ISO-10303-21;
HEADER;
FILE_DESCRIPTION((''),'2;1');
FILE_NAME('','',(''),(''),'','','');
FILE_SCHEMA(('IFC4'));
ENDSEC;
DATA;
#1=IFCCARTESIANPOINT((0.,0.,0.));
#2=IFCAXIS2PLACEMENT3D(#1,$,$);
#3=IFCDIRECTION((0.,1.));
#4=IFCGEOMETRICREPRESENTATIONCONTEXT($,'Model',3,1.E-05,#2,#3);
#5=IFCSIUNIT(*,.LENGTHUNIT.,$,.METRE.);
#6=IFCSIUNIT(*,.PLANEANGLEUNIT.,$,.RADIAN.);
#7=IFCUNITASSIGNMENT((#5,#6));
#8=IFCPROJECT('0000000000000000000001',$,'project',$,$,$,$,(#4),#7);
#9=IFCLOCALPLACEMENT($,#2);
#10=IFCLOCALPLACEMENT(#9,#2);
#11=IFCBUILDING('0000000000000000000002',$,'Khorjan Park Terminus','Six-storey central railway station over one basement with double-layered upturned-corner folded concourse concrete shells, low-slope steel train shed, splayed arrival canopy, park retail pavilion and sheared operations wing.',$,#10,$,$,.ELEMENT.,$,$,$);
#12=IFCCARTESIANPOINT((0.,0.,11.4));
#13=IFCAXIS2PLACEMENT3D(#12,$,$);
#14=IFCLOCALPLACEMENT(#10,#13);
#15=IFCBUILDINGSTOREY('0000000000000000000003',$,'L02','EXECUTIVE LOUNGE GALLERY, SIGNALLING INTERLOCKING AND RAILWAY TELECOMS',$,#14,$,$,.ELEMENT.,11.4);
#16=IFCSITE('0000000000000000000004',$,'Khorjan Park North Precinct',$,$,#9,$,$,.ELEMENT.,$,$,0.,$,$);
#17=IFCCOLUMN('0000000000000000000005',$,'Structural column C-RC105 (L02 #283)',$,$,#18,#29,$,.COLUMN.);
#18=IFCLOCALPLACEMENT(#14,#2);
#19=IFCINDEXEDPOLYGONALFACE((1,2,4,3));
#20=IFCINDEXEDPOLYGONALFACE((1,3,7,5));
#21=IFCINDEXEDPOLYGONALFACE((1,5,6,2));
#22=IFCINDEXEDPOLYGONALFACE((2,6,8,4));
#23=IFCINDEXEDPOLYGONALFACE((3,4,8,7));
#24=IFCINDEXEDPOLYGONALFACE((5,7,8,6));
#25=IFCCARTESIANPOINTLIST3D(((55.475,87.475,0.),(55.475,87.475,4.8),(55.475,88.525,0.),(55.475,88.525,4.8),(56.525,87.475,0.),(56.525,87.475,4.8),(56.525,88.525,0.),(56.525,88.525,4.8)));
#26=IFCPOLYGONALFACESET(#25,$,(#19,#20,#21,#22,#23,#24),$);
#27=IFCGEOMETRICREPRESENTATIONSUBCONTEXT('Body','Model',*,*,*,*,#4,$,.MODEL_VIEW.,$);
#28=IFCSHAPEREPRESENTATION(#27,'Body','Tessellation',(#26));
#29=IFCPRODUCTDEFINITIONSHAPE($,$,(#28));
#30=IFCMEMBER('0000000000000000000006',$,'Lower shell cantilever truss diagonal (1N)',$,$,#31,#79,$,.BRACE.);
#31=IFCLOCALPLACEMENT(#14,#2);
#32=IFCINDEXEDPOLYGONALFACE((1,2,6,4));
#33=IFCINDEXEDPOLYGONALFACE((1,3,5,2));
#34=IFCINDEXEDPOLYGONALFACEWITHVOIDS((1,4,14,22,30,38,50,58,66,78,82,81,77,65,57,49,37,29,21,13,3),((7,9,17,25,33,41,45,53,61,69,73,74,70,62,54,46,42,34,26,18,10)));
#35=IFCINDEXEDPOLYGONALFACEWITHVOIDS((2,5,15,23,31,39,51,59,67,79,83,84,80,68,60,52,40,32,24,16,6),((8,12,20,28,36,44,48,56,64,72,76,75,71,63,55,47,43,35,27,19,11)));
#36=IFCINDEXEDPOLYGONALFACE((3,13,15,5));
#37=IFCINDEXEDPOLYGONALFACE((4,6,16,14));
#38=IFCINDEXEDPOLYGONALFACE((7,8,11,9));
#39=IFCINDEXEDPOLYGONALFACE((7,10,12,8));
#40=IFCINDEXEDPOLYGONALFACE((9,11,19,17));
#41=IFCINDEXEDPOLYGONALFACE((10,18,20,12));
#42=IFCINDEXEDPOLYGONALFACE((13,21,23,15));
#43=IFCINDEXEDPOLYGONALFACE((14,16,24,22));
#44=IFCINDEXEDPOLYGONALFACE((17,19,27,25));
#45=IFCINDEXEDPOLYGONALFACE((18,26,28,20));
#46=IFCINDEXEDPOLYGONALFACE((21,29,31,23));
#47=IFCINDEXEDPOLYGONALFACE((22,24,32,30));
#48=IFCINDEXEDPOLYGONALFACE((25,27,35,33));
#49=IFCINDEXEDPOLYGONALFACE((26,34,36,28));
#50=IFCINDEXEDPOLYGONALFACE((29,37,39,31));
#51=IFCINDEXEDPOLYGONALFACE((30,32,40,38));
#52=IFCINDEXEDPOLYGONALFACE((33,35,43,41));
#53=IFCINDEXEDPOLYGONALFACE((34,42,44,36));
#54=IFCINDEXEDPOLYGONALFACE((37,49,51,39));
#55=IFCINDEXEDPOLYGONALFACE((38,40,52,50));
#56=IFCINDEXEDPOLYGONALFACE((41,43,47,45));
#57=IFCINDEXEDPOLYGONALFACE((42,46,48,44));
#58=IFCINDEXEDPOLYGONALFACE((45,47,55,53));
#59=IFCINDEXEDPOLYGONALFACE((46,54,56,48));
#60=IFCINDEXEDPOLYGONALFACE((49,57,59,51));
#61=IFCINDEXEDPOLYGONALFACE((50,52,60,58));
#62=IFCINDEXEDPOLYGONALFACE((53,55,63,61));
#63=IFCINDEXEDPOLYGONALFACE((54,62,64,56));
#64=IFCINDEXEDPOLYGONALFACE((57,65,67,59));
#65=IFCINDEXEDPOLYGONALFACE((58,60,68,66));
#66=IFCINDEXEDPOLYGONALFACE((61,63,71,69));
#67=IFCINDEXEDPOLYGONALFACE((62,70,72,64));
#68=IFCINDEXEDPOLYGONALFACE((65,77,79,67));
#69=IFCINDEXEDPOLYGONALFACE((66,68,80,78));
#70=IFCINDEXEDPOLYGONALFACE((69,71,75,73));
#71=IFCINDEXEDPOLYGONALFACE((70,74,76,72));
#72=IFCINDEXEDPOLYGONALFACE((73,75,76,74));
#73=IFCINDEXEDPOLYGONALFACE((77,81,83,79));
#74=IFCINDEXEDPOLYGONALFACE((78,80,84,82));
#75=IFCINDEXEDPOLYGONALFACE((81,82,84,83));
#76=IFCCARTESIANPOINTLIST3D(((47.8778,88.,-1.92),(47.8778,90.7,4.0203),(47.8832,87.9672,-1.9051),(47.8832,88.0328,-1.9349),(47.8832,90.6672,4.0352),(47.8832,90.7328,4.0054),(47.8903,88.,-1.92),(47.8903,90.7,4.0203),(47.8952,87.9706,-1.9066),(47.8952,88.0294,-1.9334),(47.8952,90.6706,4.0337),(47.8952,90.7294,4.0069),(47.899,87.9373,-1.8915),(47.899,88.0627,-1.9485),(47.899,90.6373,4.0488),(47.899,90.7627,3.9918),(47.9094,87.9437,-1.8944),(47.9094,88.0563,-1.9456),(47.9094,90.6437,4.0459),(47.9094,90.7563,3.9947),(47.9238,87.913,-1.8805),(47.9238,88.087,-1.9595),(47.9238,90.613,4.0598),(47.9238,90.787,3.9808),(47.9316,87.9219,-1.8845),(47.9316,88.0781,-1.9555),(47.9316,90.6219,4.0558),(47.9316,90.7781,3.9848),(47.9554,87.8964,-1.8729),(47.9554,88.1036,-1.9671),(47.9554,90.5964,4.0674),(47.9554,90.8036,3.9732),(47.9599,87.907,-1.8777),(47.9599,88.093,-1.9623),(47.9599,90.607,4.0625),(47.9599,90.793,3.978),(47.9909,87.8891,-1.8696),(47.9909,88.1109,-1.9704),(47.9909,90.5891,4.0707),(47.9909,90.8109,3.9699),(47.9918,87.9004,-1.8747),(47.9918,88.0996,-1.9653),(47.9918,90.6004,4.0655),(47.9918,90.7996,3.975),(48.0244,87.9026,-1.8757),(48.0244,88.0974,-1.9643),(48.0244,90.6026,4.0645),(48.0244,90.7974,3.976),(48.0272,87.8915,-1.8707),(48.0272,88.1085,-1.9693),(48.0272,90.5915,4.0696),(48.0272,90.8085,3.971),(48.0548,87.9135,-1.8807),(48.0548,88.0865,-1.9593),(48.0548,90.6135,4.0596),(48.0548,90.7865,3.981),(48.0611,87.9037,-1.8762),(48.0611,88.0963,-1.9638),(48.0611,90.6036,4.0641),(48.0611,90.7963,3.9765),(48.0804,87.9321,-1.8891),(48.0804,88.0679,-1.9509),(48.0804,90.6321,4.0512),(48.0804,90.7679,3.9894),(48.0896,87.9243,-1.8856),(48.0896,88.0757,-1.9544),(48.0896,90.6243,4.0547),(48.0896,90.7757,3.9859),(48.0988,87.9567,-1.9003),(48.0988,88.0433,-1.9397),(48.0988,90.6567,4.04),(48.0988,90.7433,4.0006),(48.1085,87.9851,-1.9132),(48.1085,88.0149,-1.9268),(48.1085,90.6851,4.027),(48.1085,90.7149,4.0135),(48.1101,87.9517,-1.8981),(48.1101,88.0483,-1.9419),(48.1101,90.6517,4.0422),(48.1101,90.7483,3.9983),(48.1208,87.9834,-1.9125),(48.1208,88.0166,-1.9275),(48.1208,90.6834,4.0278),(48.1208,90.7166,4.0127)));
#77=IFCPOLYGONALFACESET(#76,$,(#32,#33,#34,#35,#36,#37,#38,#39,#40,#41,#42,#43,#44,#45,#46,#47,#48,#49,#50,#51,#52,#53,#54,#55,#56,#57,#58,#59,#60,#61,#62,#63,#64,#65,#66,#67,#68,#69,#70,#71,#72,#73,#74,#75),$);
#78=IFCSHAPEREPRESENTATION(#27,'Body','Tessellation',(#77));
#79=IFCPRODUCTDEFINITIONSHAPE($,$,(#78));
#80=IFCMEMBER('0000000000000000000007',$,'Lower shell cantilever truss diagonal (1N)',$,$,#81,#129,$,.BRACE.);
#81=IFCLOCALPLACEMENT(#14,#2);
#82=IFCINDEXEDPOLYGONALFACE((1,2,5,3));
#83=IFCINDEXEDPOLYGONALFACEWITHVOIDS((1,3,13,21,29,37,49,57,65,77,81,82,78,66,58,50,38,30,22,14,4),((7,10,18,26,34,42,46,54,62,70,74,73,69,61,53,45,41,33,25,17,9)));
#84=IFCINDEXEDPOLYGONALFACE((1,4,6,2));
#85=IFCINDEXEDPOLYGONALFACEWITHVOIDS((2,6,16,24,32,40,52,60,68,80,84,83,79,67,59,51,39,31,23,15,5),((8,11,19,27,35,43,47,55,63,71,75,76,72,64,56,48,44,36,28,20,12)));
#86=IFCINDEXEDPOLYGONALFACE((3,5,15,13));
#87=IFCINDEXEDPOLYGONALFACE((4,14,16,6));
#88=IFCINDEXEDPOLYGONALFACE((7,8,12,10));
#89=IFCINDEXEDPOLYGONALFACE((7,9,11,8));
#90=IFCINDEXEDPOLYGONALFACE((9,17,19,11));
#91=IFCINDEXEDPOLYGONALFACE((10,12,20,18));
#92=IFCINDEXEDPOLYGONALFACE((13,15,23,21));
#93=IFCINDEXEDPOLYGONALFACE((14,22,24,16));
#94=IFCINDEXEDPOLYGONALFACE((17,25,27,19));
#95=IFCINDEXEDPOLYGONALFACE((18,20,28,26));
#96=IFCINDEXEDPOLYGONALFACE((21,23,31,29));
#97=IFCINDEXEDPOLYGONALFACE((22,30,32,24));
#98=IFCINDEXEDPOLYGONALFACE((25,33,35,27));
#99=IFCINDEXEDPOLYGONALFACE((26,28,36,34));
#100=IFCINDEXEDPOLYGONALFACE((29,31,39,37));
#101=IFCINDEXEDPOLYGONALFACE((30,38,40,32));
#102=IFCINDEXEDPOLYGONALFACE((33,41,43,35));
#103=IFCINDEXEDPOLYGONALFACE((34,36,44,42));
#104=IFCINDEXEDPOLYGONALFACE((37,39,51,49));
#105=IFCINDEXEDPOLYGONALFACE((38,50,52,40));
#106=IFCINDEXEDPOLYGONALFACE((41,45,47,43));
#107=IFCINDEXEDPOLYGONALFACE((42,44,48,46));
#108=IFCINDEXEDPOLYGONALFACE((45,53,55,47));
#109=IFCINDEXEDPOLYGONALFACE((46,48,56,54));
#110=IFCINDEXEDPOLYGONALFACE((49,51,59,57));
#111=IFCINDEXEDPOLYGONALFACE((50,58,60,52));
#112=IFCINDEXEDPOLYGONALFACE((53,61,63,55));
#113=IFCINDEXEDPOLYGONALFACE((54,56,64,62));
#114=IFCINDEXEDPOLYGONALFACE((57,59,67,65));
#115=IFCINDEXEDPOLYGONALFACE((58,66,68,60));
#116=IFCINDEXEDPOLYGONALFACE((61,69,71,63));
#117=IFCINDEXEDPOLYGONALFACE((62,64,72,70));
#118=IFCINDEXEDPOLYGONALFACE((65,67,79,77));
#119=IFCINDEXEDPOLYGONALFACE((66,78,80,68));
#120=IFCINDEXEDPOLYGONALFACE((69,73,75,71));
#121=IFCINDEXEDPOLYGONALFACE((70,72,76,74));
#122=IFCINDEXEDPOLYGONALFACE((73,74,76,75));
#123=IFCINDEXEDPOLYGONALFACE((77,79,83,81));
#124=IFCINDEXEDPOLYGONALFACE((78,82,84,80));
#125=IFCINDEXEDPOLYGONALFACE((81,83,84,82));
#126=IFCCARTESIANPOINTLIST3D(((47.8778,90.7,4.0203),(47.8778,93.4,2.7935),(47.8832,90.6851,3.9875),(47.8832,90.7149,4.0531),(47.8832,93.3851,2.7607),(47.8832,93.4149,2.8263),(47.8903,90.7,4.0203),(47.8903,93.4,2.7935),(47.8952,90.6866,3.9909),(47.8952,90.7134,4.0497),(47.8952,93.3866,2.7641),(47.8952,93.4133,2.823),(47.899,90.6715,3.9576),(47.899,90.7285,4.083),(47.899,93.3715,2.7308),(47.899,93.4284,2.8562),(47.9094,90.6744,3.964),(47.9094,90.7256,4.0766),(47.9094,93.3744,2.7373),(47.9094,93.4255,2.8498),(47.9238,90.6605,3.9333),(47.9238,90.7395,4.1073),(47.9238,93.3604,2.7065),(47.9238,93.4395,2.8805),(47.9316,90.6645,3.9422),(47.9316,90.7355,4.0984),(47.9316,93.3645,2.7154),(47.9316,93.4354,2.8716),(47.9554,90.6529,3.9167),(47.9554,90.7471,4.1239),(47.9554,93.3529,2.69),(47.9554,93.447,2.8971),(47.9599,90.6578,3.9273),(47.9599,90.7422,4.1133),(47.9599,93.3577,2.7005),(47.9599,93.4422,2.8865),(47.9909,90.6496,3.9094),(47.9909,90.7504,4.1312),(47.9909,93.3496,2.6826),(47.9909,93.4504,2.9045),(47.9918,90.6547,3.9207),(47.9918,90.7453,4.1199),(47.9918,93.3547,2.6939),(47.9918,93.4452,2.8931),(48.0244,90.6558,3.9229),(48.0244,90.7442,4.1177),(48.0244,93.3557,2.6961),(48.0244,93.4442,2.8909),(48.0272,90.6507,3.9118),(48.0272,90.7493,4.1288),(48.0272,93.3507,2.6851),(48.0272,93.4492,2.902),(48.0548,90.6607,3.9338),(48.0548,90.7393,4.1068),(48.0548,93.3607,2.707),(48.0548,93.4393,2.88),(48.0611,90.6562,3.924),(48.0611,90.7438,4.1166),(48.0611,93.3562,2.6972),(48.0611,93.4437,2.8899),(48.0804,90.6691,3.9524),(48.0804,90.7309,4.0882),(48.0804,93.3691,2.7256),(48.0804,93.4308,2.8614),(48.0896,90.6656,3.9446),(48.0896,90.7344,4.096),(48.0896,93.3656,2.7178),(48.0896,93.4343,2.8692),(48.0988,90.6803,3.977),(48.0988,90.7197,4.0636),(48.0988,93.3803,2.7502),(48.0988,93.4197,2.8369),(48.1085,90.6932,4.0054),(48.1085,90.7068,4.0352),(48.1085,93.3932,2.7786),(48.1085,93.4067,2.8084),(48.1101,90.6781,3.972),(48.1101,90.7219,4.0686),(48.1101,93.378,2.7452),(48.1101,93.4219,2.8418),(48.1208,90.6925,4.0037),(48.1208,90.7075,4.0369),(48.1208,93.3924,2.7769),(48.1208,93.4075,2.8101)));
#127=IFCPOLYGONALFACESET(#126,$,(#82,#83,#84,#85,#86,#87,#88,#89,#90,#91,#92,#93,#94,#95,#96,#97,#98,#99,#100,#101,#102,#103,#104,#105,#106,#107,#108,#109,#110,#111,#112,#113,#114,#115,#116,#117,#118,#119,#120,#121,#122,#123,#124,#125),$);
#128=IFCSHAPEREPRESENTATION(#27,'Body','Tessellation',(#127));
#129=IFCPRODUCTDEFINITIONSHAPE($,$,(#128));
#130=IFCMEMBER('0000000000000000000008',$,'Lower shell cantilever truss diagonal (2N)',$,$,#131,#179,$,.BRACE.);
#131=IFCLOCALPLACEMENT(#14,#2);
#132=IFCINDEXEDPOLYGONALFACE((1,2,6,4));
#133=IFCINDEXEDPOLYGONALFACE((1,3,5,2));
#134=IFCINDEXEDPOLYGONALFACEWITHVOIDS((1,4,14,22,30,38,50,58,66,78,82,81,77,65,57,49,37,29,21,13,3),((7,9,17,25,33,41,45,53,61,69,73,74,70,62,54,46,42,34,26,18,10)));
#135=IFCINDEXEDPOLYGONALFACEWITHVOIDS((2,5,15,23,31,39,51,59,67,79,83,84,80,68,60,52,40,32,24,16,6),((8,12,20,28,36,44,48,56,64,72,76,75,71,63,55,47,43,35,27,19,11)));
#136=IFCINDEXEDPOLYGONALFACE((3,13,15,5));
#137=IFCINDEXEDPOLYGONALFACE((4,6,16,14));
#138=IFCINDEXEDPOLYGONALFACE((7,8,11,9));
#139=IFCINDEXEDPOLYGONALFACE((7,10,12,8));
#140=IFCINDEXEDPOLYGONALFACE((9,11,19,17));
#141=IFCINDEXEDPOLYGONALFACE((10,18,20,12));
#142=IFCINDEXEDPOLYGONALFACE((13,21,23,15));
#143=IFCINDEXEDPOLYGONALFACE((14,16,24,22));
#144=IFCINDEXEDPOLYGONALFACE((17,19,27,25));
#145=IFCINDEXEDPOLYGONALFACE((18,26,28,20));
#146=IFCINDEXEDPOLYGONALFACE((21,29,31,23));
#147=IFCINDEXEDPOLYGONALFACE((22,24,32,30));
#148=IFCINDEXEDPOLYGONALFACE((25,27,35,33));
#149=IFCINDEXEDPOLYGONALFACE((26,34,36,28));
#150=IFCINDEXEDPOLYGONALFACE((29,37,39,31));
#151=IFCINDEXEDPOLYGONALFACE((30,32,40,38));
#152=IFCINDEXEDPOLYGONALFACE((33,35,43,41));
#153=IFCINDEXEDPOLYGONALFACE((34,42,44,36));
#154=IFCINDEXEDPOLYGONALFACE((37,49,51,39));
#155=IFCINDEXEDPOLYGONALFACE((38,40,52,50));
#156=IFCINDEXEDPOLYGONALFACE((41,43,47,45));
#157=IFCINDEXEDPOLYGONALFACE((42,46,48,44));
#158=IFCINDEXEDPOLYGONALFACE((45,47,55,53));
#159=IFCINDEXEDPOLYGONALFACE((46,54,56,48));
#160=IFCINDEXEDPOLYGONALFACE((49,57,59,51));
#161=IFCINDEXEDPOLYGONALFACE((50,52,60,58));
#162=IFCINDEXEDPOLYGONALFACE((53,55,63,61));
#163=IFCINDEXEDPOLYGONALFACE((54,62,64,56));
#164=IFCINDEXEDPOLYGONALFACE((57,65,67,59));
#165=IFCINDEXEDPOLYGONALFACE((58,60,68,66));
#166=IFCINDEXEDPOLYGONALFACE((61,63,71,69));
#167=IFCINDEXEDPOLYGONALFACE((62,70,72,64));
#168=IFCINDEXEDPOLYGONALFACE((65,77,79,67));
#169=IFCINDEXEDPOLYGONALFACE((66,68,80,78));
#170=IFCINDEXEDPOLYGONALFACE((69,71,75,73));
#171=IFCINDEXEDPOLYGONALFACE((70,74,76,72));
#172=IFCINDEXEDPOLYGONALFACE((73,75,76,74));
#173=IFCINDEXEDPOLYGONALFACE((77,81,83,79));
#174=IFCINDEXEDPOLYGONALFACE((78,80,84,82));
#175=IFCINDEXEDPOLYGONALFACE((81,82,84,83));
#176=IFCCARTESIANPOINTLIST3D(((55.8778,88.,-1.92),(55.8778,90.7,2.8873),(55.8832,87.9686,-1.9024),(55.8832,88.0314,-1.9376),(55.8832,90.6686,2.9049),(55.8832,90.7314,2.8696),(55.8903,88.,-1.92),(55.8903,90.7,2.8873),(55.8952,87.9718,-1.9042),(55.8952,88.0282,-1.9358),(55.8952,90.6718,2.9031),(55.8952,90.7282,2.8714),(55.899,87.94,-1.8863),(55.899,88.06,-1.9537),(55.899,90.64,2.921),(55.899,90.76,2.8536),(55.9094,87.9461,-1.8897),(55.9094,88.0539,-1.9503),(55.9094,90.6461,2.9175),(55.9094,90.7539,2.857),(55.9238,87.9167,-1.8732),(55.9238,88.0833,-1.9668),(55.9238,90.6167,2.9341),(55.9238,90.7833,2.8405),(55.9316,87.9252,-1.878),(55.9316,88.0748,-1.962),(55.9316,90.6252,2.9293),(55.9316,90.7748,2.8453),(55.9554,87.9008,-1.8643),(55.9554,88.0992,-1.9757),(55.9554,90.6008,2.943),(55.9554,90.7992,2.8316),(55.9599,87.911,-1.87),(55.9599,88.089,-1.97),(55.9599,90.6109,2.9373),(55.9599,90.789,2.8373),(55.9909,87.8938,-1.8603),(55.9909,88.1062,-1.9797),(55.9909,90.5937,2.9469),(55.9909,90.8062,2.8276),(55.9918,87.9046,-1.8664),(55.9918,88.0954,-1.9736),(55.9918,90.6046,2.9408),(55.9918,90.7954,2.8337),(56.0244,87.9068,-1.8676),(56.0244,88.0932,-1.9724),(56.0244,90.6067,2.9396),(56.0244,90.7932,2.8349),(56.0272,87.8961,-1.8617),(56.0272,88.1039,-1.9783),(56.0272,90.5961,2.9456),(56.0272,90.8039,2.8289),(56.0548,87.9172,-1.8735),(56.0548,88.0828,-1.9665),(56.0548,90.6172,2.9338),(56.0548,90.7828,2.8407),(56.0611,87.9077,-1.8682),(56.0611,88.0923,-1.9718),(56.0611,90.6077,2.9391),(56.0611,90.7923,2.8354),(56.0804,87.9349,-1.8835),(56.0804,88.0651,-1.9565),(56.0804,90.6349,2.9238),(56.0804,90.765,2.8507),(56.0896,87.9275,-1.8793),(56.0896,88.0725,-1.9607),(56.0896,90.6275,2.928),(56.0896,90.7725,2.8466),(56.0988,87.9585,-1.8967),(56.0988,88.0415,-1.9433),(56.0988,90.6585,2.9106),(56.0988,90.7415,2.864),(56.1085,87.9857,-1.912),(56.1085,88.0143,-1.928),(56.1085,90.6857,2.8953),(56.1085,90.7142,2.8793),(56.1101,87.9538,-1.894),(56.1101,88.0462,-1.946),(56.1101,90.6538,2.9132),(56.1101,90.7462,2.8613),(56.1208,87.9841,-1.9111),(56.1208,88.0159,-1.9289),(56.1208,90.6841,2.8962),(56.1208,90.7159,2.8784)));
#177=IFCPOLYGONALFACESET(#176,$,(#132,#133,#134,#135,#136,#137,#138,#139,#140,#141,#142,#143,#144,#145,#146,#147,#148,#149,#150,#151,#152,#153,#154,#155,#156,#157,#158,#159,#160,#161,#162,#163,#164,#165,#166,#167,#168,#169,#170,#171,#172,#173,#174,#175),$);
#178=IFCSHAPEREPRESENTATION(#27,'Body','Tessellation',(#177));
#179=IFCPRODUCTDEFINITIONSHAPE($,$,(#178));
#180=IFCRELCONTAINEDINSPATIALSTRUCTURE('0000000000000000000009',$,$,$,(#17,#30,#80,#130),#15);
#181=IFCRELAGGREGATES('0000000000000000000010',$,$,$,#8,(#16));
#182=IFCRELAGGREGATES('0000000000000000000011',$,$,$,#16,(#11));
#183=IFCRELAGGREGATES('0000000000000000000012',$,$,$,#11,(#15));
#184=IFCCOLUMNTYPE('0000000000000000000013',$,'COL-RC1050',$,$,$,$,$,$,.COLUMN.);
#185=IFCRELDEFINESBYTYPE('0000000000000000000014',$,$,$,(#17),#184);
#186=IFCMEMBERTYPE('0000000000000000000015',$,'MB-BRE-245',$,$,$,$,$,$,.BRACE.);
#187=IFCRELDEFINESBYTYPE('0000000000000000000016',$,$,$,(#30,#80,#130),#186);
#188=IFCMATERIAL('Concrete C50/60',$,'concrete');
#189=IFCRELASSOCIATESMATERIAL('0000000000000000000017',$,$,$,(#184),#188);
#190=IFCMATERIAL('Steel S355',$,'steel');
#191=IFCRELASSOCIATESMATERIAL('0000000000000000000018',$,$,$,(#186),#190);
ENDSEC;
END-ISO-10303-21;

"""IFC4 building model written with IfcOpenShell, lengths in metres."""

from ifc_helpers import new_model, si_unit, direction, frame, origin, origin_2d, place, context, subcontext, project, spatial, rectangle, hollow_circle, extrude, material, material_profile, profile_set, type_object, element, save


model = new_model("IFC4")

# Units and contexts
model_context = context("Model", 3, precision=1e-05, world=origin(), true_north=direction((0.0, 1.0)))
body_context = subcontext(model_context, "Body", "Model", "MODEL_VIEW")
ifc_project = project(units=[si_unit("LENGTHUNIT", "METRE"), si_unit("PLANEANGLEUNIT", "RADIAN")], contexts=[model_context])

# Site, building, storey
site_placement = place(None, origin())
site = spatial("IfcSite", under=ifc_project, at=site_placement, Name="Khorjan Park North Precinct", CompositionType="ELEMENT", RefElevation=0.0)
building_placement = place(site_placement, origin())
building = spatial("IfcBuilding", under=site, at=building_placement, Name="Khorjan Park Terminus", Description="Six-storey central railway station over one basement with double-layered upturned-corner folded concourse concrete shells, low-slope steel train shed, splayed arrival canopy, park retail pavilion and sheared operations wing.", CompositionType="ELEMENT")
storey_placement = place(building_placement, frame((0.0, 0.0, 11.4)))
storey = spatial("IfcBuildingStorey", under=building, at=storey_placement, Name="L02", Description="EXECUTIVE LOUNGE GALLERY, SIGNALLING INTERLOCKING AND RAILWAY TELECOMS", CompositionType="ELEMENT", Elevation=11.4)

# Column
ifc_material_1 = material(Name="Concrete C50/60", Category="concrete")
ifc_material_profile_1 = material_profile(ifc_material_1, rectangle(XDim=1.05, YDim=1.05, at=origin_2d()), Name="RC 1050x1050")
ifc_profile_set_1 = profile_set([ifc_material_profile_1], Name="Concrete C50/60")
column_type = type_object("IfcColumnType", Name="COL-RC1050", PredefinedType="COLUMN", material=ifc_profile_set_1)
column_placement = place(storey_placement, frame((56.0, 88.0, 0.0), z_axis=(0.0, 0.0, 1.0), x_axis=(1.0, 0.0, 0.0)))
element("IfcColumn", 1, at=column_placement, inside=storey, type_object=column_type, Name="Structural column C-RC105 (L02 #283)", PredefinedType="COLUMN", context=body_context, shape_type="SweptSolid", body=[
    extrude(rectangle(XDim=1.05, YDim=1.05, at=origin_2d()), origin(), (0.0, 0.0, 1.0), 4.8),
])

# Members
ifc_material_2 = material(Name="Steel S355", Category="steel")
ifc_material_profile_2 = material_profile(ifc_material_2, hollow_circle(Radius=0.1222, WallThickness=0.0125, at=origin_2d()), Name="CHS 244.5x12.5")
ifc_profile_set_2 = profile_set([ifc_material_profile_2], Name="Steel S355")
member_type_1 = type_object("IfcMemberType", Name="MB-BRE-245", PredefinedType="BRACE", material=ifc_profile_set_2)
member_1_placement = place(storey_placement, frame((48.0, 88.0, -1.92), z_axis=(0.0, 0.413786, 0.910374), x_axis=(-1.0, 0.0, 0.0)))
element("IfcMember", 2, at=member_1_placement, inside=storey, type_object=member_type_1, Name="Lower shell cantilever truss diagonal (1N)", PredefinedType="BRACE", context=body_context, shape_type="SweptSolid", body=[
    extrude(hollow_circle(Radius=0.1222, WallThickness=0.0125, at=origin_2d()), origin(), (0.0, 0.0, 1.0), 6.5251),
])
member_2_placement = place(storey_placement, frame((48.0, 90.7, 4.0203), z_axis=(0.0, 0.910427, -0.413671), x_axis=(-1.0, 0.0, 0.0)))
element("IfcMember", 3, at=member_2_placement, inside=storey, type_object=member_type_1, Name="Lower shell cantilever truss diagonal (1N)", PredefinedType="BRACE", context=body_context, shape_type="SweptSolid", body=[
    extrude(hollow_circle(Radius=0.1222, WallThickness=0.0125, at=origin_2d()), origin(), (0.0, 0.0, 1.0), 2.9656),
])
member_3_placement = place(storey_placement, frame((56.0, 88.0, -1.92), z_axis=(0.0, 0.489695, 0.871894), x_axis=(-1.0, 0.0, 0.0)))
element("IfcMember", 4, at=member_3_placement, inside=storey, type_object=member_type_1, Name="Lower shell cantilever truss diagonal (2N)", PredefinedType="BRACE", context=body_context, shape_type="SweptSolid", body=[
    extrude(hollow_circle(Radius=0.1222, WallThickness=0.0125, at=origin_2d()), origin(), (0.0, 0.0, 1.0), 5.5136),
])

save(model, "model.ifc")
